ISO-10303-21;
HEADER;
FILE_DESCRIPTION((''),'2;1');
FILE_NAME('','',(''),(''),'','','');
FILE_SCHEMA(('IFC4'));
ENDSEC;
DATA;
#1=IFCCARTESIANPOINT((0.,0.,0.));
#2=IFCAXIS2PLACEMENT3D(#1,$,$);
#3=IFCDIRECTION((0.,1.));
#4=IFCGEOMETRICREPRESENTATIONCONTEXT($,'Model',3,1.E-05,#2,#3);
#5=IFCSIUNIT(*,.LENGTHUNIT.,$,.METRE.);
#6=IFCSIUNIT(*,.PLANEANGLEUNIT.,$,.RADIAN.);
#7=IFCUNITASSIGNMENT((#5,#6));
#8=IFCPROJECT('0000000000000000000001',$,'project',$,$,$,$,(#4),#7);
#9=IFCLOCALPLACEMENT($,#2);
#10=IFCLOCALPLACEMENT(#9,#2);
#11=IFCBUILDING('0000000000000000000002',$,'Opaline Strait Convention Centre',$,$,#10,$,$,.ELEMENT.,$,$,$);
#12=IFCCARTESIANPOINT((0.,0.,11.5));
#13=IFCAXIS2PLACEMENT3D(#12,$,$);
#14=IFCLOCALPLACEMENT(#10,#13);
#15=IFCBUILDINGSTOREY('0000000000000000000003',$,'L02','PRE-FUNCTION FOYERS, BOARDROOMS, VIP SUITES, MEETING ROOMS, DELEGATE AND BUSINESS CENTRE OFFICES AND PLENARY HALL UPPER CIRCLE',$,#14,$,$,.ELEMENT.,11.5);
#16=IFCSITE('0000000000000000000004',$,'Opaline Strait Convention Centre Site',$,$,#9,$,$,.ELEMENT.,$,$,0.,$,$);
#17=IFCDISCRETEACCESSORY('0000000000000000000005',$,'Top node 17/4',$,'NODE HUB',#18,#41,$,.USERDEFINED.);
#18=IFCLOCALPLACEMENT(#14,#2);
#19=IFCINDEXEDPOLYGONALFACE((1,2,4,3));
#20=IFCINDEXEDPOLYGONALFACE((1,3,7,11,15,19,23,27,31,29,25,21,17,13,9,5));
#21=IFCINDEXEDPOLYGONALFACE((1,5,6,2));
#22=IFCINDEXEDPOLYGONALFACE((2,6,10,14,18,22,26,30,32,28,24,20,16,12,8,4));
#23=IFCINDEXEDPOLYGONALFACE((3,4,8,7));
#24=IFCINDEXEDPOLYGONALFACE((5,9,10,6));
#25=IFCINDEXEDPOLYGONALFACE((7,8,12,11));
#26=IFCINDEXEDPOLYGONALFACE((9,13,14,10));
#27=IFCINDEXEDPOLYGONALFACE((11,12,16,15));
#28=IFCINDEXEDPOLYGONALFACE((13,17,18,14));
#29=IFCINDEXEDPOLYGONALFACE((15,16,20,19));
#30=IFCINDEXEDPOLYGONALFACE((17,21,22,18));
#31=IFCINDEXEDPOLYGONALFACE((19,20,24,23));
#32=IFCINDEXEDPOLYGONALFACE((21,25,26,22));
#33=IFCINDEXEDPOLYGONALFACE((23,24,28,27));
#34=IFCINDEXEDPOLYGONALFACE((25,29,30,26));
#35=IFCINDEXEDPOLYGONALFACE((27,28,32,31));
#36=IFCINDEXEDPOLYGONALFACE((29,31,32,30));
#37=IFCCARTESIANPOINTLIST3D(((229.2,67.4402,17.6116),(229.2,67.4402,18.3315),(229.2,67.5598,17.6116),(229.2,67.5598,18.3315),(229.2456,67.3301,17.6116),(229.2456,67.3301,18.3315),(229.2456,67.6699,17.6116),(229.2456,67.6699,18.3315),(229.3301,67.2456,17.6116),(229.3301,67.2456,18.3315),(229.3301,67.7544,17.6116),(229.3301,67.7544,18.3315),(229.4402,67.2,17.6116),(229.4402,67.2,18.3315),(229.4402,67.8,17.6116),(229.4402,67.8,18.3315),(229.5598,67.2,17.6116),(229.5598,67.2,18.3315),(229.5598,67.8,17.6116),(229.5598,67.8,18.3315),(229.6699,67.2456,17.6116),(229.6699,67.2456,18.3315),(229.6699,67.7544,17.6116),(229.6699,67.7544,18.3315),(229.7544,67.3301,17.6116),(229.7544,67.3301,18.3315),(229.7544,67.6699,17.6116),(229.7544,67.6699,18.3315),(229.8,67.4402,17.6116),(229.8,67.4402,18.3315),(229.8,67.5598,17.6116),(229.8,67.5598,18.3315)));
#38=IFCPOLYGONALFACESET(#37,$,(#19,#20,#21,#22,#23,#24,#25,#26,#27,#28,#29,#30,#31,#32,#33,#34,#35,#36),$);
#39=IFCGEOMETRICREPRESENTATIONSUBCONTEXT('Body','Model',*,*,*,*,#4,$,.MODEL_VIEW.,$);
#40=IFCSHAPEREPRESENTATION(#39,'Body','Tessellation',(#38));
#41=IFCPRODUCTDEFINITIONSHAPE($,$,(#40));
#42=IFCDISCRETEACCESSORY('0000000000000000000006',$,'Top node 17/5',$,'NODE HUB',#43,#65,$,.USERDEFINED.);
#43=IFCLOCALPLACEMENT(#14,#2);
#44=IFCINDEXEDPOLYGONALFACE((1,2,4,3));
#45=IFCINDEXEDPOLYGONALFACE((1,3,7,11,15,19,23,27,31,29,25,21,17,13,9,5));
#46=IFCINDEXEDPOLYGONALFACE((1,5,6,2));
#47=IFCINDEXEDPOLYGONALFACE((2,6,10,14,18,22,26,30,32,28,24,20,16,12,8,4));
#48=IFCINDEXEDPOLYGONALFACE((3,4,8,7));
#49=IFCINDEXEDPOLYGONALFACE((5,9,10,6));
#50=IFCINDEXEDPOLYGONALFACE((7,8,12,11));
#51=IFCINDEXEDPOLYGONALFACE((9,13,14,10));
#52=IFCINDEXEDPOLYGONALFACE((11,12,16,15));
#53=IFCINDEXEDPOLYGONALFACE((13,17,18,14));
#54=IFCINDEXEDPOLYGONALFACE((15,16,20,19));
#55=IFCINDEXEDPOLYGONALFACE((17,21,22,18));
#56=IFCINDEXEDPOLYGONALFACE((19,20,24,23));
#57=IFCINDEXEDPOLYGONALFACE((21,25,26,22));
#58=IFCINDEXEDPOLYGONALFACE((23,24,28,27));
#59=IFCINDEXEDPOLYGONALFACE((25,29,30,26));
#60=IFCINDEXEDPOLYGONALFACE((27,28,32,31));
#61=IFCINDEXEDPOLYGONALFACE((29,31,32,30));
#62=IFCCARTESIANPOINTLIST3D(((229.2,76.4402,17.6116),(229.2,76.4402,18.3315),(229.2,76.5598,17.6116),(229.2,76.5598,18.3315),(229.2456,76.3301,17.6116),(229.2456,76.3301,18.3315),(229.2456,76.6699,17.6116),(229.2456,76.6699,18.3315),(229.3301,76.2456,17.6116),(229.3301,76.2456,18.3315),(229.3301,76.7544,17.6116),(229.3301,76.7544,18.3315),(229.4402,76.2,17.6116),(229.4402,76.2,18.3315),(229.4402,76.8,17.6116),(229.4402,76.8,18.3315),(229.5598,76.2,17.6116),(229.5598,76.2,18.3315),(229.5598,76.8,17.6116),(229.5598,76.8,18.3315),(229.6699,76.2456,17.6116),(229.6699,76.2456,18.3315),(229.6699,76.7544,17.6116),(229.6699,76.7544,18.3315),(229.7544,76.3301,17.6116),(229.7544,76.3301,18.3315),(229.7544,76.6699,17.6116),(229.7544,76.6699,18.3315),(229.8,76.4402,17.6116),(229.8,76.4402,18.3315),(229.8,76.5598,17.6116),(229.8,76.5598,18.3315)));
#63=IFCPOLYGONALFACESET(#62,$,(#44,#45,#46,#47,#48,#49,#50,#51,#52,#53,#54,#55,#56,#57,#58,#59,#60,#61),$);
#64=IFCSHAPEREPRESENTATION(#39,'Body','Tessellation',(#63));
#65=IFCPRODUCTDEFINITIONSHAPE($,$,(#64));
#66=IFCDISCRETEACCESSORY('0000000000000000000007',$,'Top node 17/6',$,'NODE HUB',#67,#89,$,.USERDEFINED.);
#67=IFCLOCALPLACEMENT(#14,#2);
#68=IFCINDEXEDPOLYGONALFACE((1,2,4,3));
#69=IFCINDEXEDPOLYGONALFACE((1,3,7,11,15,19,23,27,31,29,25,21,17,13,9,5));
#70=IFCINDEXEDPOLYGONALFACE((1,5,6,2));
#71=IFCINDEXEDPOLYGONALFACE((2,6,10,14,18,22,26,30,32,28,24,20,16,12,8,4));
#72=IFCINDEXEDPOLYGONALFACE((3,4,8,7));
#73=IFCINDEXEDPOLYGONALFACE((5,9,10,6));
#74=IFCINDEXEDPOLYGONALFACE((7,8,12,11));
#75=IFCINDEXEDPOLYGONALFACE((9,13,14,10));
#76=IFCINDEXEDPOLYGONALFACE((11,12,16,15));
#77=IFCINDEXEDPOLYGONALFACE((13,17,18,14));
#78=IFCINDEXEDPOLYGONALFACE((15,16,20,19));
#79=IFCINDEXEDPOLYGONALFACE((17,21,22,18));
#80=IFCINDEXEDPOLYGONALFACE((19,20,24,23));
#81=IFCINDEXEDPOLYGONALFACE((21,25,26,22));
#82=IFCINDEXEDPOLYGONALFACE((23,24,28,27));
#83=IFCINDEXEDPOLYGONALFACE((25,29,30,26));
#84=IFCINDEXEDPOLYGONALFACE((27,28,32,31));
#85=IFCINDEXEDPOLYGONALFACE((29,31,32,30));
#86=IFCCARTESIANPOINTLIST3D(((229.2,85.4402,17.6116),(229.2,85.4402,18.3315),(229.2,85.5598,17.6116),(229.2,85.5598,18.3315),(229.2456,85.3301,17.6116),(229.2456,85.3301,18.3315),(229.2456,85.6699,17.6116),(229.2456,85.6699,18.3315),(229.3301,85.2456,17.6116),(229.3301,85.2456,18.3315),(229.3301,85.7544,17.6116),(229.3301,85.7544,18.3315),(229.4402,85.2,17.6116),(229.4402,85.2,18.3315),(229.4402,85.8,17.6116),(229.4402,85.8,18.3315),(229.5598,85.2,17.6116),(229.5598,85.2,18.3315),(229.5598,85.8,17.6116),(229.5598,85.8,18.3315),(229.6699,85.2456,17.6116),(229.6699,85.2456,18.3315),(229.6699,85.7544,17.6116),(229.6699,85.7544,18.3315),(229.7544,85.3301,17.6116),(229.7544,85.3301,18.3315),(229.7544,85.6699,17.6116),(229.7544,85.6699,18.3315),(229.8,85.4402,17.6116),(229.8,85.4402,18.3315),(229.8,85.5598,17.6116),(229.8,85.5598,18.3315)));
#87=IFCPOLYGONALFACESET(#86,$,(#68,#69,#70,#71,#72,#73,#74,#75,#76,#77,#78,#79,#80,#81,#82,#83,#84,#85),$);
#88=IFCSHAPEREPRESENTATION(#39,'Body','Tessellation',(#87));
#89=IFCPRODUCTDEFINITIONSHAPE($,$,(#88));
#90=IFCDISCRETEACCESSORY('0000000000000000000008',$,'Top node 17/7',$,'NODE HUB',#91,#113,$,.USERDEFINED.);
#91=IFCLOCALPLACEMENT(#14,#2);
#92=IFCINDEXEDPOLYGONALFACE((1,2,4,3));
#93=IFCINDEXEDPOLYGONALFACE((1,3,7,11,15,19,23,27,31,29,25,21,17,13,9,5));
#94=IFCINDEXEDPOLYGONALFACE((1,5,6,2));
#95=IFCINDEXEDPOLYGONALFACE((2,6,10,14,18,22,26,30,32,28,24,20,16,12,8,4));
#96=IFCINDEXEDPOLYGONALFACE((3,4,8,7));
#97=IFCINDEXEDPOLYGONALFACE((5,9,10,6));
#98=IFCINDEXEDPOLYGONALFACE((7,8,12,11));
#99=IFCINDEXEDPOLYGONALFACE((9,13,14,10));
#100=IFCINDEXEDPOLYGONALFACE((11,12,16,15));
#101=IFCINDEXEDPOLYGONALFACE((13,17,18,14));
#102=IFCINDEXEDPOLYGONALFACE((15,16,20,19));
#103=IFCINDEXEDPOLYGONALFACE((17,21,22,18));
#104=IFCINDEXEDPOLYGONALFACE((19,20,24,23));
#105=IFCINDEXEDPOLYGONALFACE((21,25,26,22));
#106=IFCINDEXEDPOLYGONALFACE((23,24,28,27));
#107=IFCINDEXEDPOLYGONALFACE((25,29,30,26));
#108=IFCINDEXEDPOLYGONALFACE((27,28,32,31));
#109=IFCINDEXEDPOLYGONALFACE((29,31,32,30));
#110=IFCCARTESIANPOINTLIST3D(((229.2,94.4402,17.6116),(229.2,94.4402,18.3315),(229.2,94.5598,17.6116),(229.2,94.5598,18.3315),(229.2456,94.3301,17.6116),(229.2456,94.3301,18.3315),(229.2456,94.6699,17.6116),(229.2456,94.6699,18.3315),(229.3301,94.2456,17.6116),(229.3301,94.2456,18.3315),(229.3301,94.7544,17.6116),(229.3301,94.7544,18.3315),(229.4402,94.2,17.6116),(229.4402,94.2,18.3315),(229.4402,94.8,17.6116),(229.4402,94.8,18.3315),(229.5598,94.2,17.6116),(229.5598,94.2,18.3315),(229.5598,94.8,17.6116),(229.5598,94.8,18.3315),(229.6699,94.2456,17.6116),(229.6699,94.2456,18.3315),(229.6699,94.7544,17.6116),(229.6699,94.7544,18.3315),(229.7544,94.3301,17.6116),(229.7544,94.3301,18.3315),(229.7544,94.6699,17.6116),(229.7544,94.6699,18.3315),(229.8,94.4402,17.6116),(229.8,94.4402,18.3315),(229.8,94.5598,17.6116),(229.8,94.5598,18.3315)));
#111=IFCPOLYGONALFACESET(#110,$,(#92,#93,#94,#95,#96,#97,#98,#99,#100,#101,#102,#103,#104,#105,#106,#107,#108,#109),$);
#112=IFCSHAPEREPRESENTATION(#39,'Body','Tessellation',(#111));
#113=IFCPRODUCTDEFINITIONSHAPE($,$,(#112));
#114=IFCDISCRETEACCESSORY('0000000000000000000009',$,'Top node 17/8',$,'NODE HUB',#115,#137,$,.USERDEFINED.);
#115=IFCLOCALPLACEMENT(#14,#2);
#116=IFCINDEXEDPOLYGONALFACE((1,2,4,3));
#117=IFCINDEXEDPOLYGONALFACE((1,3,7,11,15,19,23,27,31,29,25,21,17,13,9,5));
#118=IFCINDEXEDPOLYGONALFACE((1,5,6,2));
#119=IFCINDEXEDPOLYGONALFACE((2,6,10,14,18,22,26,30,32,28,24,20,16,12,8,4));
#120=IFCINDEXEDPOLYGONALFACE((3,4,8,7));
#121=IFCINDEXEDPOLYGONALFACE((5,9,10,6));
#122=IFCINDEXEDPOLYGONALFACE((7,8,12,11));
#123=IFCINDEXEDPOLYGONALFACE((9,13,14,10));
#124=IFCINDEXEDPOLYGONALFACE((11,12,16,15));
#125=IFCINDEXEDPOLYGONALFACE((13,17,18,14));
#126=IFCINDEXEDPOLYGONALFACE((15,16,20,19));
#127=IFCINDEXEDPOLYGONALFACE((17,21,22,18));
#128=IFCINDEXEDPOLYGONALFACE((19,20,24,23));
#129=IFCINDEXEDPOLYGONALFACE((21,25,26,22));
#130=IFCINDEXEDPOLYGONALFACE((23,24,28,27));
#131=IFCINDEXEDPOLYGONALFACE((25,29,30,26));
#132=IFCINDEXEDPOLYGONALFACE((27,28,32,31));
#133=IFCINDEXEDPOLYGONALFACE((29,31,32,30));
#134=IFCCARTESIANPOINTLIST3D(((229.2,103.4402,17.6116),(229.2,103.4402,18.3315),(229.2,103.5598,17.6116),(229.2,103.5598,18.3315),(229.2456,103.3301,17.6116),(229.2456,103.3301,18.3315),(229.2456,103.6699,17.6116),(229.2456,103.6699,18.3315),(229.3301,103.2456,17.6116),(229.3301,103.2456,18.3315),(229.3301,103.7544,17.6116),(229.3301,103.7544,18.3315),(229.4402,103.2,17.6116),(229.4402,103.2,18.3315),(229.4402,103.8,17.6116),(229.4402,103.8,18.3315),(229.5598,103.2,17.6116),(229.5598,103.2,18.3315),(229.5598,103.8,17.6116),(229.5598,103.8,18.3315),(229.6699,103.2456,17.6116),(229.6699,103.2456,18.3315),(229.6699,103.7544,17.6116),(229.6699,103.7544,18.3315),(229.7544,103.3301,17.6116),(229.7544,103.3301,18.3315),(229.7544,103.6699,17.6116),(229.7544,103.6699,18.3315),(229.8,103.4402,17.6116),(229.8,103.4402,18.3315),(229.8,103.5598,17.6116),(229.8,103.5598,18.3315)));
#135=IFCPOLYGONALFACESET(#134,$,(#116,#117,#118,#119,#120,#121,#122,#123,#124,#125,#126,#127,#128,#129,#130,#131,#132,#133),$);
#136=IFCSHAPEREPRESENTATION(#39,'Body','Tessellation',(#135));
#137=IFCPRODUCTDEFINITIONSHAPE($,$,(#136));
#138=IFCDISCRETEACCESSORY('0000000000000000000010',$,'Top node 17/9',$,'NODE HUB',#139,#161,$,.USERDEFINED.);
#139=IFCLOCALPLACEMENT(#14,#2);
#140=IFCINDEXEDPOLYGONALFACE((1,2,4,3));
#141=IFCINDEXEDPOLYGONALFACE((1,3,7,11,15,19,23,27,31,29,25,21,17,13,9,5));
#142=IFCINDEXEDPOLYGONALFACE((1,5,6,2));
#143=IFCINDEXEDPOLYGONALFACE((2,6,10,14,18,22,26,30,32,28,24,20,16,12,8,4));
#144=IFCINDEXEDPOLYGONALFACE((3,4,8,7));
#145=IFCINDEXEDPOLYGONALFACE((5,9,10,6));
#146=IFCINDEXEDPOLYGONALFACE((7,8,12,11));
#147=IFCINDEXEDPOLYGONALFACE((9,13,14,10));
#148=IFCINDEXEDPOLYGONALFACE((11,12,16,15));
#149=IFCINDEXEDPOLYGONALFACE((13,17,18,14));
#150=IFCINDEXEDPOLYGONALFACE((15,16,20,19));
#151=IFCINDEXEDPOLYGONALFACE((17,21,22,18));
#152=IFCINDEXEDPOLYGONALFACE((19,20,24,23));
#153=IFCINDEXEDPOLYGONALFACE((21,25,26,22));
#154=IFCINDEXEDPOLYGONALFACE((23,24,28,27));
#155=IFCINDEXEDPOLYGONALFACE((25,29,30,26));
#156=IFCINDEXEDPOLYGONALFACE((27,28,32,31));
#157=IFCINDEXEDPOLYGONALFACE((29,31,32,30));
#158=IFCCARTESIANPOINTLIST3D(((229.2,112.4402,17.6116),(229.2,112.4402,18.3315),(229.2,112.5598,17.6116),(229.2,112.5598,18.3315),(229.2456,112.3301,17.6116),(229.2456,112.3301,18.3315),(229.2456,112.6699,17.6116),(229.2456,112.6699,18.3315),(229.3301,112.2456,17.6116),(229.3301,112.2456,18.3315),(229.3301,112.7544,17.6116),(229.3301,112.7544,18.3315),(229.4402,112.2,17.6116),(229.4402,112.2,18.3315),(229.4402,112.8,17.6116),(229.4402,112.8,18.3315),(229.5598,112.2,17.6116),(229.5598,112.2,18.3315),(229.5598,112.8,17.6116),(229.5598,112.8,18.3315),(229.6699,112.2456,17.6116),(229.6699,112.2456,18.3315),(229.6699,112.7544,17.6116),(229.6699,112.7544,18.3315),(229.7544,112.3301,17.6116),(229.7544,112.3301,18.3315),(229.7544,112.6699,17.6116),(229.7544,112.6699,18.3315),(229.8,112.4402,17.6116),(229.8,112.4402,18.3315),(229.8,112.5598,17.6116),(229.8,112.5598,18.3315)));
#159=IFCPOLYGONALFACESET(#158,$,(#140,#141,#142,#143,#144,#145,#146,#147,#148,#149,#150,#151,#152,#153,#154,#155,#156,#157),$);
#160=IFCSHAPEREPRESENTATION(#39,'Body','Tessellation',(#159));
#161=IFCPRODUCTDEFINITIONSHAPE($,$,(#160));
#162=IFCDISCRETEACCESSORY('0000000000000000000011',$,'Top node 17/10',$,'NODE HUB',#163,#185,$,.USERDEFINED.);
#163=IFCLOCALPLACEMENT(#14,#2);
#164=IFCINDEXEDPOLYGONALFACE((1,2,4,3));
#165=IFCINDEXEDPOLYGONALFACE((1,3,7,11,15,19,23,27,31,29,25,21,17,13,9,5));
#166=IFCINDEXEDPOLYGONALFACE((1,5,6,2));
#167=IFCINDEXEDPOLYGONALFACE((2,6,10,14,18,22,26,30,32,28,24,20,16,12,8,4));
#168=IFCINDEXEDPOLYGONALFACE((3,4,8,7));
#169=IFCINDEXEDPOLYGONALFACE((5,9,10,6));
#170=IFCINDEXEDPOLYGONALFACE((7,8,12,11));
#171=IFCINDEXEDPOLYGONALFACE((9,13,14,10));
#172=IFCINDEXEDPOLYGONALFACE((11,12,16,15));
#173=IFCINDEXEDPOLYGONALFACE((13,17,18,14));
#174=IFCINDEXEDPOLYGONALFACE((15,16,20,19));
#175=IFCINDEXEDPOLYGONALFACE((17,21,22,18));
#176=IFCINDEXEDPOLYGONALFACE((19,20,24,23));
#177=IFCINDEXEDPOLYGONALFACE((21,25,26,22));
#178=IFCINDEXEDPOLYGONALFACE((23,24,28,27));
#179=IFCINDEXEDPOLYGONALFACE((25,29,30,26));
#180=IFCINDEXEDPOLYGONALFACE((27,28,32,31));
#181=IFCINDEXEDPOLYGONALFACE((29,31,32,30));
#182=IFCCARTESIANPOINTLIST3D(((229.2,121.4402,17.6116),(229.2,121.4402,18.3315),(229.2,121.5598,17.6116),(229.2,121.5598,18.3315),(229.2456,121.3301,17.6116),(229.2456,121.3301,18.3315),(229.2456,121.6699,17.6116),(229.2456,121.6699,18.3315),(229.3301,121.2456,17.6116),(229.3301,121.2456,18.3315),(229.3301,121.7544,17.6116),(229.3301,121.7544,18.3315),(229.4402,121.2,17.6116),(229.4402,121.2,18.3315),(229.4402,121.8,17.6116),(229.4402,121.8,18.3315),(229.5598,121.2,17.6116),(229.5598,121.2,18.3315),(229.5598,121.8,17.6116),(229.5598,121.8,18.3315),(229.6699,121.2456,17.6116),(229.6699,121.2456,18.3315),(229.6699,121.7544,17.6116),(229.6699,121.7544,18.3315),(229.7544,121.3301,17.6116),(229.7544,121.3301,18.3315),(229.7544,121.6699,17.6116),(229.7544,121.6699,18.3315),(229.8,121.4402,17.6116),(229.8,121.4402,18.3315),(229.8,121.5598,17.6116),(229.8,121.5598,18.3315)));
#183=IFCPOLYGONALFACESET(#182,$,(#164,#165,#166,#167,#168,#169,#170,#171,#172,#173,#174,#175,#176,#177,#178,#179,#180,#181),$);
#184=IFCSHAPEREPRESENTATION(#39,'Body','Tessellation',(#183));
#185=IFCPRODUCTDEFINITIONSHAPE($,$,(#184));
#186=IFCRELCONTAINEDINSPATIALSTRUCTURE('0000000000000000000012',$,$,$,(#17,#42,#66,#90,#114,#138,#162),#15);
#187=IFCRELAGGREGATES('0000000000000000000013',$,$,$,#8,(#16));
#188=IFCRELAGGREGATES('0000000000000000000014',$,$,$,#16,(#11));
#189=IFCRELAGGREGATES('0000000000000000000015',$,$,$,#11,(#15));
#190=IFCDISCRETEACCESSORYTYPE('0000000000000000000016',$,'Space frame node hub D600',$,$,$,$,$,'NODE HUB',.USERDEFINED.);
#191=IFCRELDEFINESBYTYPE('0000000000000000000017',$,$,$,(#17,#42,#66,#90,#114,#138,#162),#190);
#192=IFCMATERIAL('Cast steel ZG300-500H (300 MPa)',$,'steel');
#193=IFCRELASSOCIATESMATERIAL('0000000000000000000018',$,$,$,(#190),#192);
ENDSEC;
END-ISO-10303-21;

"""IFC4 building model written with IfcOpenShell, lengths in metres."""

from ifc_helpers import new_model, si_unit, direction, frame, origin, place, context, subcontext, project, spatial, polyline, outline, extrude, material, type_object, element, save


model = new_model("IFC4")

# Units and contexts
model_context = context("Model", 3, precision=1e-05, world=origin(), true_north=direction((0.0, 1.0)))
body_context = subcontext(model_context, "Body", "Model", "MODEL_VIEW")
ifc_project = project(units=[si_unit("LENGTHUNIT", "METRE"), si_unit("PLANEANGLEUNIT", "RADIAN")], contexts=[model_context])

# Site, building, storey
site_placement = place(None, origin())
site = spatial("IfcSite", under=ifc_project, at=site_placement, Name="Opaline Strait Convention Centre Site", CompositionType="ELEMENT", RefElevation=0.0)
building_placement = place(site_placement, origin())
building = spatial("IfcBuilding", under=site, at=building_placement, Name="Opaline Strait Convention Centre", CompositionType="ELEMENT")
storey_placement = place(building_placement, frame((0.0, 0.0, 11.5)))
storey = spatial("IfcBuildingStorey", under=building, at=storey_placement, Name="L02", Description="PRE-FUNCTION FOYERS, BOARDROOMS, VIP SUITES, MEETING ROOMS, DELEGATE AND BUSINESS CENTRE OFFICES AND PLENARY HALL UPPER CIRCLE", CompositionType="ELEMENT", Elevation=11.5)

# Discrete accessories
ifc_material = material(Name="Cast steel ZG300-500H (300 MPa)", Category="steel")
discrete_accessory_type = type_object("IfcDiscreteAccessoryType", Name="Space frame node hub D600", ElementType="NODE HUB", PredefinedType="USERDEFINED", material=ifc_material)
discrete_accessory_1_placement = place(storey_placement, frame((0.0, 0.0, 17.6116)))
element("IfcDiscreteAccessory", 1, at=discrete_accessory_1_placement, inside=storey, type_object=discrete_accessory_type, Name="Top node 17/4", ObjectType="NODE HUB", PredefinedType="USERDEFINED", context=body_context, shape_type="SweptSolid", body=[
    extrude(outline(polyline([(229.8, 67.5598), (229.7544, 67.6699), (229.6699, 67.7544), (229.5598, 67.8), (229.4402, 67.8), (229.3301, 67.7544), (229.2456, 67.6699), (229.2, 67.5598), (229.2, 67.4402), (229.2456, 67.3301), (229.3301, 67.2456), (229.4402, 67.2), (229.5598, 67.2), (229.6699, 67.2456), (229.7544, 67.3301), (229.8, 67.4402), (229.8, 67.5598)])), origin(), (0.0, 0.0, 1.0), 0.72),
])
discrete_accessory_2_placement = place(storey_placement, frame((0.0, 0.0, 17.6116)))
element("IfcDiscreteAccessory", 2, at=discrete_accessory_2_placement, inside=storey, type_object=discrete_accessory_type, Name="Top node 17/5", ObjectType="NODE HUB", PredefinedType="USERDEFINED", context=body_context, shape_type="SweptSolid", body=[
    extrude(outline(polyline([(229.8, 76.5598), (229.7544, 76.6699), (229.6699, 76.7544), (229.5598, 76.8), (229.4402, 76.8), (229.3301, 76.7544), (229.2456, 76.6699), (229.2, 76.5598), (229.2, 76.4402), (229.2456, 76.3301), (229.3301, 76.2456), (229.4402, 76.2), (229.5598, 76.2), (229.6699, 76.2456), (229.7544, 76.3301), (229.8, 76.4402), (229.8, 76.5598)])), origin(), (0.0, 0.0, 1.0), 0.72),
])
discrete_accessory_3_placement = place(storey_placement, frame((0.0, 0.0, 17.6116)))
element("IfcDiscreteAccessory", 3, at=discrete_accessory_3_placement, inside=storey, type_object=discrete_accessory_type, Name="Top node 17/6", ObjectType="NODE HUB", PredefinedType="USERDEFINED", context=body_context, shape_type="SweptSolid", body=[
    extrude(outline(polyline([(229.8, 85.5598), (229.7544, 85.6699), (229.6699, 85.7544), (229.5598, 85.8), (229.4402, 85.8), (229.3301, 85.7544), (229.2456, 85.6699), (229.2, 85.5598), (229.2, 85.4402), (229.2456, 85.3301), (229.3301, 85.2456), (229.4402, 85.2), (229.5598, 85.2), (229.6699, 85.2456), (229.7544, 85.3301), (229.8, 85.4402), (229.8, 85.5598)])), origin(), (0.0, 0.0, 1.0), 0.72),
])
discrete_accessory_4_placement = place(storey_placement, frame((0.0, 0.0, 17.6116)))
element("IfcDiscreteAccessory", 4, at=discrete_accessory_4_placement, inside=storey, type_object=discrete_accessory_type, Name="Top node 17/7", ObjectType="NODE HUB", PredefinedType="USERDEFINED", context=body_context, shape_type="SweptSolid", body=[
    extrude(outline(polyline([(229.8, 94.5598), (229.7544, 94.6699), (229.6699, 94.7544), (229.5598, 94.8), (229.4402, 94.8), (229.3301, 94.7544), (229.2456, 94.6699), (229.2, 94.5598), (229.2, 94.4402), (229.2456, 94.3301), (229.3301, 94.2456), (229.4402, 94.2), (229.5598, 94.2), (229.6699, 94.2456), (229.7544, 94.3301), (229.8, 94.4402), (229.8, 94.5598)])), origin(), (0.0, 0.0, 1.0), 0.72),
])
discrete_accessory_5_placement = place(storey_placement, frame((0.0, 0.0, 17.6116)))
element("IfcDiscreteAccessory", 5, at=discrete_accessory_5_placement, inside=storey, type_object=discrete_accessory_type, Name="Top node 17/8", ObjectType="NODE HUB", PredefinedType="USERDEFINED", context=body_context, shape_type="SweptSolid", body=[
    extrude(outline(polyline([(229.8, 103.5598), (229.7544, 103.6699), (229.6699, 103.7544), (229.5598, 103.8), (229.4402, 103.8), (229.3301, 103.7544), (229.2456, 103.6699), (229.2, 103.5598), (229.2, 103.4402), (229.2456, 103.3301), (229.3301, 103.2456), (229.4402, 103.2), (229.5598, 103.2), (229.6699, 103.2456), (229.7544, 103.3301), (229.8, 103.4402), (229.8, 103.5598)])), origin(), (0.0, 0.0, 1.0), 0.72),
])
discrete_accessory_6_placement = place(storey_placement, frame((0.0, 0.0, 17.6116)))
element("IfcDiscreteAccessory", 6, at=discrete_accessory_6_placement, inside=storey, type_object=discrete_accessory_type, Name="Top node 17/9", ObjectType="NODE HUB", PredefinedType="USERDEFINED", context=body_context, shape_type="SweptSolid", body=[
    extrude(outline(polyline([(229.8, 112.5598), (229.7544, 112.6699), (229.6699, 112.7544), (229.5598, 112.8), (229.4402, 112.8), (229.3301, 112.7544), (229.2456, 112.6699), (229.2, 112.5598), (229.2, 112.4402), (229.2456, 112.3301), (229.3301, 112.2456), (229.4402, 112.2), (229.5598, 112.2), (229.6699, 112.2456), (229.7544, 112.3301), (229.8, 112.4402), (229.8, 112.5598)])), origin(), (0.0, 0.0, 1.0), 0.72),
])
discrete_accessory_7_placement = place(storey_placement, frame((0.0, 0.0, 17.6116)))
element("IfcDiscreteAccessory", 7, at=discrete_accessory_7_placement, inside=storey, type_object=discrete_accessory_type, Name="Top node 17/10", ObjectType="NODE HUB", PredefinedType="USERDEFINED", context=body_context, shape_type="SweptSolid", body=[
    extrude(outline(polyline([(229.8, 121.5598), (229.7544, 121.6699), (229.6699, 121.7544), (229.5598, 121.8), (229.4402, 121.8), (229.3301, 121.7544), (229.2456, 121.6699), (229.2, 121.5598), (229.2, 121.4402), (229.2456, 121.3301), (229.3301, 121.2456), (229.4402, 121.2), (229.5598, 121.2), (229.6699, 121.2456), (229.7544, 121.3301), (229.8, 121.4402), (229.8, 121.5598)])), origin(), (0.0, 0.0, 1.0), 0.72),
])

save(model, "model.ifc")
